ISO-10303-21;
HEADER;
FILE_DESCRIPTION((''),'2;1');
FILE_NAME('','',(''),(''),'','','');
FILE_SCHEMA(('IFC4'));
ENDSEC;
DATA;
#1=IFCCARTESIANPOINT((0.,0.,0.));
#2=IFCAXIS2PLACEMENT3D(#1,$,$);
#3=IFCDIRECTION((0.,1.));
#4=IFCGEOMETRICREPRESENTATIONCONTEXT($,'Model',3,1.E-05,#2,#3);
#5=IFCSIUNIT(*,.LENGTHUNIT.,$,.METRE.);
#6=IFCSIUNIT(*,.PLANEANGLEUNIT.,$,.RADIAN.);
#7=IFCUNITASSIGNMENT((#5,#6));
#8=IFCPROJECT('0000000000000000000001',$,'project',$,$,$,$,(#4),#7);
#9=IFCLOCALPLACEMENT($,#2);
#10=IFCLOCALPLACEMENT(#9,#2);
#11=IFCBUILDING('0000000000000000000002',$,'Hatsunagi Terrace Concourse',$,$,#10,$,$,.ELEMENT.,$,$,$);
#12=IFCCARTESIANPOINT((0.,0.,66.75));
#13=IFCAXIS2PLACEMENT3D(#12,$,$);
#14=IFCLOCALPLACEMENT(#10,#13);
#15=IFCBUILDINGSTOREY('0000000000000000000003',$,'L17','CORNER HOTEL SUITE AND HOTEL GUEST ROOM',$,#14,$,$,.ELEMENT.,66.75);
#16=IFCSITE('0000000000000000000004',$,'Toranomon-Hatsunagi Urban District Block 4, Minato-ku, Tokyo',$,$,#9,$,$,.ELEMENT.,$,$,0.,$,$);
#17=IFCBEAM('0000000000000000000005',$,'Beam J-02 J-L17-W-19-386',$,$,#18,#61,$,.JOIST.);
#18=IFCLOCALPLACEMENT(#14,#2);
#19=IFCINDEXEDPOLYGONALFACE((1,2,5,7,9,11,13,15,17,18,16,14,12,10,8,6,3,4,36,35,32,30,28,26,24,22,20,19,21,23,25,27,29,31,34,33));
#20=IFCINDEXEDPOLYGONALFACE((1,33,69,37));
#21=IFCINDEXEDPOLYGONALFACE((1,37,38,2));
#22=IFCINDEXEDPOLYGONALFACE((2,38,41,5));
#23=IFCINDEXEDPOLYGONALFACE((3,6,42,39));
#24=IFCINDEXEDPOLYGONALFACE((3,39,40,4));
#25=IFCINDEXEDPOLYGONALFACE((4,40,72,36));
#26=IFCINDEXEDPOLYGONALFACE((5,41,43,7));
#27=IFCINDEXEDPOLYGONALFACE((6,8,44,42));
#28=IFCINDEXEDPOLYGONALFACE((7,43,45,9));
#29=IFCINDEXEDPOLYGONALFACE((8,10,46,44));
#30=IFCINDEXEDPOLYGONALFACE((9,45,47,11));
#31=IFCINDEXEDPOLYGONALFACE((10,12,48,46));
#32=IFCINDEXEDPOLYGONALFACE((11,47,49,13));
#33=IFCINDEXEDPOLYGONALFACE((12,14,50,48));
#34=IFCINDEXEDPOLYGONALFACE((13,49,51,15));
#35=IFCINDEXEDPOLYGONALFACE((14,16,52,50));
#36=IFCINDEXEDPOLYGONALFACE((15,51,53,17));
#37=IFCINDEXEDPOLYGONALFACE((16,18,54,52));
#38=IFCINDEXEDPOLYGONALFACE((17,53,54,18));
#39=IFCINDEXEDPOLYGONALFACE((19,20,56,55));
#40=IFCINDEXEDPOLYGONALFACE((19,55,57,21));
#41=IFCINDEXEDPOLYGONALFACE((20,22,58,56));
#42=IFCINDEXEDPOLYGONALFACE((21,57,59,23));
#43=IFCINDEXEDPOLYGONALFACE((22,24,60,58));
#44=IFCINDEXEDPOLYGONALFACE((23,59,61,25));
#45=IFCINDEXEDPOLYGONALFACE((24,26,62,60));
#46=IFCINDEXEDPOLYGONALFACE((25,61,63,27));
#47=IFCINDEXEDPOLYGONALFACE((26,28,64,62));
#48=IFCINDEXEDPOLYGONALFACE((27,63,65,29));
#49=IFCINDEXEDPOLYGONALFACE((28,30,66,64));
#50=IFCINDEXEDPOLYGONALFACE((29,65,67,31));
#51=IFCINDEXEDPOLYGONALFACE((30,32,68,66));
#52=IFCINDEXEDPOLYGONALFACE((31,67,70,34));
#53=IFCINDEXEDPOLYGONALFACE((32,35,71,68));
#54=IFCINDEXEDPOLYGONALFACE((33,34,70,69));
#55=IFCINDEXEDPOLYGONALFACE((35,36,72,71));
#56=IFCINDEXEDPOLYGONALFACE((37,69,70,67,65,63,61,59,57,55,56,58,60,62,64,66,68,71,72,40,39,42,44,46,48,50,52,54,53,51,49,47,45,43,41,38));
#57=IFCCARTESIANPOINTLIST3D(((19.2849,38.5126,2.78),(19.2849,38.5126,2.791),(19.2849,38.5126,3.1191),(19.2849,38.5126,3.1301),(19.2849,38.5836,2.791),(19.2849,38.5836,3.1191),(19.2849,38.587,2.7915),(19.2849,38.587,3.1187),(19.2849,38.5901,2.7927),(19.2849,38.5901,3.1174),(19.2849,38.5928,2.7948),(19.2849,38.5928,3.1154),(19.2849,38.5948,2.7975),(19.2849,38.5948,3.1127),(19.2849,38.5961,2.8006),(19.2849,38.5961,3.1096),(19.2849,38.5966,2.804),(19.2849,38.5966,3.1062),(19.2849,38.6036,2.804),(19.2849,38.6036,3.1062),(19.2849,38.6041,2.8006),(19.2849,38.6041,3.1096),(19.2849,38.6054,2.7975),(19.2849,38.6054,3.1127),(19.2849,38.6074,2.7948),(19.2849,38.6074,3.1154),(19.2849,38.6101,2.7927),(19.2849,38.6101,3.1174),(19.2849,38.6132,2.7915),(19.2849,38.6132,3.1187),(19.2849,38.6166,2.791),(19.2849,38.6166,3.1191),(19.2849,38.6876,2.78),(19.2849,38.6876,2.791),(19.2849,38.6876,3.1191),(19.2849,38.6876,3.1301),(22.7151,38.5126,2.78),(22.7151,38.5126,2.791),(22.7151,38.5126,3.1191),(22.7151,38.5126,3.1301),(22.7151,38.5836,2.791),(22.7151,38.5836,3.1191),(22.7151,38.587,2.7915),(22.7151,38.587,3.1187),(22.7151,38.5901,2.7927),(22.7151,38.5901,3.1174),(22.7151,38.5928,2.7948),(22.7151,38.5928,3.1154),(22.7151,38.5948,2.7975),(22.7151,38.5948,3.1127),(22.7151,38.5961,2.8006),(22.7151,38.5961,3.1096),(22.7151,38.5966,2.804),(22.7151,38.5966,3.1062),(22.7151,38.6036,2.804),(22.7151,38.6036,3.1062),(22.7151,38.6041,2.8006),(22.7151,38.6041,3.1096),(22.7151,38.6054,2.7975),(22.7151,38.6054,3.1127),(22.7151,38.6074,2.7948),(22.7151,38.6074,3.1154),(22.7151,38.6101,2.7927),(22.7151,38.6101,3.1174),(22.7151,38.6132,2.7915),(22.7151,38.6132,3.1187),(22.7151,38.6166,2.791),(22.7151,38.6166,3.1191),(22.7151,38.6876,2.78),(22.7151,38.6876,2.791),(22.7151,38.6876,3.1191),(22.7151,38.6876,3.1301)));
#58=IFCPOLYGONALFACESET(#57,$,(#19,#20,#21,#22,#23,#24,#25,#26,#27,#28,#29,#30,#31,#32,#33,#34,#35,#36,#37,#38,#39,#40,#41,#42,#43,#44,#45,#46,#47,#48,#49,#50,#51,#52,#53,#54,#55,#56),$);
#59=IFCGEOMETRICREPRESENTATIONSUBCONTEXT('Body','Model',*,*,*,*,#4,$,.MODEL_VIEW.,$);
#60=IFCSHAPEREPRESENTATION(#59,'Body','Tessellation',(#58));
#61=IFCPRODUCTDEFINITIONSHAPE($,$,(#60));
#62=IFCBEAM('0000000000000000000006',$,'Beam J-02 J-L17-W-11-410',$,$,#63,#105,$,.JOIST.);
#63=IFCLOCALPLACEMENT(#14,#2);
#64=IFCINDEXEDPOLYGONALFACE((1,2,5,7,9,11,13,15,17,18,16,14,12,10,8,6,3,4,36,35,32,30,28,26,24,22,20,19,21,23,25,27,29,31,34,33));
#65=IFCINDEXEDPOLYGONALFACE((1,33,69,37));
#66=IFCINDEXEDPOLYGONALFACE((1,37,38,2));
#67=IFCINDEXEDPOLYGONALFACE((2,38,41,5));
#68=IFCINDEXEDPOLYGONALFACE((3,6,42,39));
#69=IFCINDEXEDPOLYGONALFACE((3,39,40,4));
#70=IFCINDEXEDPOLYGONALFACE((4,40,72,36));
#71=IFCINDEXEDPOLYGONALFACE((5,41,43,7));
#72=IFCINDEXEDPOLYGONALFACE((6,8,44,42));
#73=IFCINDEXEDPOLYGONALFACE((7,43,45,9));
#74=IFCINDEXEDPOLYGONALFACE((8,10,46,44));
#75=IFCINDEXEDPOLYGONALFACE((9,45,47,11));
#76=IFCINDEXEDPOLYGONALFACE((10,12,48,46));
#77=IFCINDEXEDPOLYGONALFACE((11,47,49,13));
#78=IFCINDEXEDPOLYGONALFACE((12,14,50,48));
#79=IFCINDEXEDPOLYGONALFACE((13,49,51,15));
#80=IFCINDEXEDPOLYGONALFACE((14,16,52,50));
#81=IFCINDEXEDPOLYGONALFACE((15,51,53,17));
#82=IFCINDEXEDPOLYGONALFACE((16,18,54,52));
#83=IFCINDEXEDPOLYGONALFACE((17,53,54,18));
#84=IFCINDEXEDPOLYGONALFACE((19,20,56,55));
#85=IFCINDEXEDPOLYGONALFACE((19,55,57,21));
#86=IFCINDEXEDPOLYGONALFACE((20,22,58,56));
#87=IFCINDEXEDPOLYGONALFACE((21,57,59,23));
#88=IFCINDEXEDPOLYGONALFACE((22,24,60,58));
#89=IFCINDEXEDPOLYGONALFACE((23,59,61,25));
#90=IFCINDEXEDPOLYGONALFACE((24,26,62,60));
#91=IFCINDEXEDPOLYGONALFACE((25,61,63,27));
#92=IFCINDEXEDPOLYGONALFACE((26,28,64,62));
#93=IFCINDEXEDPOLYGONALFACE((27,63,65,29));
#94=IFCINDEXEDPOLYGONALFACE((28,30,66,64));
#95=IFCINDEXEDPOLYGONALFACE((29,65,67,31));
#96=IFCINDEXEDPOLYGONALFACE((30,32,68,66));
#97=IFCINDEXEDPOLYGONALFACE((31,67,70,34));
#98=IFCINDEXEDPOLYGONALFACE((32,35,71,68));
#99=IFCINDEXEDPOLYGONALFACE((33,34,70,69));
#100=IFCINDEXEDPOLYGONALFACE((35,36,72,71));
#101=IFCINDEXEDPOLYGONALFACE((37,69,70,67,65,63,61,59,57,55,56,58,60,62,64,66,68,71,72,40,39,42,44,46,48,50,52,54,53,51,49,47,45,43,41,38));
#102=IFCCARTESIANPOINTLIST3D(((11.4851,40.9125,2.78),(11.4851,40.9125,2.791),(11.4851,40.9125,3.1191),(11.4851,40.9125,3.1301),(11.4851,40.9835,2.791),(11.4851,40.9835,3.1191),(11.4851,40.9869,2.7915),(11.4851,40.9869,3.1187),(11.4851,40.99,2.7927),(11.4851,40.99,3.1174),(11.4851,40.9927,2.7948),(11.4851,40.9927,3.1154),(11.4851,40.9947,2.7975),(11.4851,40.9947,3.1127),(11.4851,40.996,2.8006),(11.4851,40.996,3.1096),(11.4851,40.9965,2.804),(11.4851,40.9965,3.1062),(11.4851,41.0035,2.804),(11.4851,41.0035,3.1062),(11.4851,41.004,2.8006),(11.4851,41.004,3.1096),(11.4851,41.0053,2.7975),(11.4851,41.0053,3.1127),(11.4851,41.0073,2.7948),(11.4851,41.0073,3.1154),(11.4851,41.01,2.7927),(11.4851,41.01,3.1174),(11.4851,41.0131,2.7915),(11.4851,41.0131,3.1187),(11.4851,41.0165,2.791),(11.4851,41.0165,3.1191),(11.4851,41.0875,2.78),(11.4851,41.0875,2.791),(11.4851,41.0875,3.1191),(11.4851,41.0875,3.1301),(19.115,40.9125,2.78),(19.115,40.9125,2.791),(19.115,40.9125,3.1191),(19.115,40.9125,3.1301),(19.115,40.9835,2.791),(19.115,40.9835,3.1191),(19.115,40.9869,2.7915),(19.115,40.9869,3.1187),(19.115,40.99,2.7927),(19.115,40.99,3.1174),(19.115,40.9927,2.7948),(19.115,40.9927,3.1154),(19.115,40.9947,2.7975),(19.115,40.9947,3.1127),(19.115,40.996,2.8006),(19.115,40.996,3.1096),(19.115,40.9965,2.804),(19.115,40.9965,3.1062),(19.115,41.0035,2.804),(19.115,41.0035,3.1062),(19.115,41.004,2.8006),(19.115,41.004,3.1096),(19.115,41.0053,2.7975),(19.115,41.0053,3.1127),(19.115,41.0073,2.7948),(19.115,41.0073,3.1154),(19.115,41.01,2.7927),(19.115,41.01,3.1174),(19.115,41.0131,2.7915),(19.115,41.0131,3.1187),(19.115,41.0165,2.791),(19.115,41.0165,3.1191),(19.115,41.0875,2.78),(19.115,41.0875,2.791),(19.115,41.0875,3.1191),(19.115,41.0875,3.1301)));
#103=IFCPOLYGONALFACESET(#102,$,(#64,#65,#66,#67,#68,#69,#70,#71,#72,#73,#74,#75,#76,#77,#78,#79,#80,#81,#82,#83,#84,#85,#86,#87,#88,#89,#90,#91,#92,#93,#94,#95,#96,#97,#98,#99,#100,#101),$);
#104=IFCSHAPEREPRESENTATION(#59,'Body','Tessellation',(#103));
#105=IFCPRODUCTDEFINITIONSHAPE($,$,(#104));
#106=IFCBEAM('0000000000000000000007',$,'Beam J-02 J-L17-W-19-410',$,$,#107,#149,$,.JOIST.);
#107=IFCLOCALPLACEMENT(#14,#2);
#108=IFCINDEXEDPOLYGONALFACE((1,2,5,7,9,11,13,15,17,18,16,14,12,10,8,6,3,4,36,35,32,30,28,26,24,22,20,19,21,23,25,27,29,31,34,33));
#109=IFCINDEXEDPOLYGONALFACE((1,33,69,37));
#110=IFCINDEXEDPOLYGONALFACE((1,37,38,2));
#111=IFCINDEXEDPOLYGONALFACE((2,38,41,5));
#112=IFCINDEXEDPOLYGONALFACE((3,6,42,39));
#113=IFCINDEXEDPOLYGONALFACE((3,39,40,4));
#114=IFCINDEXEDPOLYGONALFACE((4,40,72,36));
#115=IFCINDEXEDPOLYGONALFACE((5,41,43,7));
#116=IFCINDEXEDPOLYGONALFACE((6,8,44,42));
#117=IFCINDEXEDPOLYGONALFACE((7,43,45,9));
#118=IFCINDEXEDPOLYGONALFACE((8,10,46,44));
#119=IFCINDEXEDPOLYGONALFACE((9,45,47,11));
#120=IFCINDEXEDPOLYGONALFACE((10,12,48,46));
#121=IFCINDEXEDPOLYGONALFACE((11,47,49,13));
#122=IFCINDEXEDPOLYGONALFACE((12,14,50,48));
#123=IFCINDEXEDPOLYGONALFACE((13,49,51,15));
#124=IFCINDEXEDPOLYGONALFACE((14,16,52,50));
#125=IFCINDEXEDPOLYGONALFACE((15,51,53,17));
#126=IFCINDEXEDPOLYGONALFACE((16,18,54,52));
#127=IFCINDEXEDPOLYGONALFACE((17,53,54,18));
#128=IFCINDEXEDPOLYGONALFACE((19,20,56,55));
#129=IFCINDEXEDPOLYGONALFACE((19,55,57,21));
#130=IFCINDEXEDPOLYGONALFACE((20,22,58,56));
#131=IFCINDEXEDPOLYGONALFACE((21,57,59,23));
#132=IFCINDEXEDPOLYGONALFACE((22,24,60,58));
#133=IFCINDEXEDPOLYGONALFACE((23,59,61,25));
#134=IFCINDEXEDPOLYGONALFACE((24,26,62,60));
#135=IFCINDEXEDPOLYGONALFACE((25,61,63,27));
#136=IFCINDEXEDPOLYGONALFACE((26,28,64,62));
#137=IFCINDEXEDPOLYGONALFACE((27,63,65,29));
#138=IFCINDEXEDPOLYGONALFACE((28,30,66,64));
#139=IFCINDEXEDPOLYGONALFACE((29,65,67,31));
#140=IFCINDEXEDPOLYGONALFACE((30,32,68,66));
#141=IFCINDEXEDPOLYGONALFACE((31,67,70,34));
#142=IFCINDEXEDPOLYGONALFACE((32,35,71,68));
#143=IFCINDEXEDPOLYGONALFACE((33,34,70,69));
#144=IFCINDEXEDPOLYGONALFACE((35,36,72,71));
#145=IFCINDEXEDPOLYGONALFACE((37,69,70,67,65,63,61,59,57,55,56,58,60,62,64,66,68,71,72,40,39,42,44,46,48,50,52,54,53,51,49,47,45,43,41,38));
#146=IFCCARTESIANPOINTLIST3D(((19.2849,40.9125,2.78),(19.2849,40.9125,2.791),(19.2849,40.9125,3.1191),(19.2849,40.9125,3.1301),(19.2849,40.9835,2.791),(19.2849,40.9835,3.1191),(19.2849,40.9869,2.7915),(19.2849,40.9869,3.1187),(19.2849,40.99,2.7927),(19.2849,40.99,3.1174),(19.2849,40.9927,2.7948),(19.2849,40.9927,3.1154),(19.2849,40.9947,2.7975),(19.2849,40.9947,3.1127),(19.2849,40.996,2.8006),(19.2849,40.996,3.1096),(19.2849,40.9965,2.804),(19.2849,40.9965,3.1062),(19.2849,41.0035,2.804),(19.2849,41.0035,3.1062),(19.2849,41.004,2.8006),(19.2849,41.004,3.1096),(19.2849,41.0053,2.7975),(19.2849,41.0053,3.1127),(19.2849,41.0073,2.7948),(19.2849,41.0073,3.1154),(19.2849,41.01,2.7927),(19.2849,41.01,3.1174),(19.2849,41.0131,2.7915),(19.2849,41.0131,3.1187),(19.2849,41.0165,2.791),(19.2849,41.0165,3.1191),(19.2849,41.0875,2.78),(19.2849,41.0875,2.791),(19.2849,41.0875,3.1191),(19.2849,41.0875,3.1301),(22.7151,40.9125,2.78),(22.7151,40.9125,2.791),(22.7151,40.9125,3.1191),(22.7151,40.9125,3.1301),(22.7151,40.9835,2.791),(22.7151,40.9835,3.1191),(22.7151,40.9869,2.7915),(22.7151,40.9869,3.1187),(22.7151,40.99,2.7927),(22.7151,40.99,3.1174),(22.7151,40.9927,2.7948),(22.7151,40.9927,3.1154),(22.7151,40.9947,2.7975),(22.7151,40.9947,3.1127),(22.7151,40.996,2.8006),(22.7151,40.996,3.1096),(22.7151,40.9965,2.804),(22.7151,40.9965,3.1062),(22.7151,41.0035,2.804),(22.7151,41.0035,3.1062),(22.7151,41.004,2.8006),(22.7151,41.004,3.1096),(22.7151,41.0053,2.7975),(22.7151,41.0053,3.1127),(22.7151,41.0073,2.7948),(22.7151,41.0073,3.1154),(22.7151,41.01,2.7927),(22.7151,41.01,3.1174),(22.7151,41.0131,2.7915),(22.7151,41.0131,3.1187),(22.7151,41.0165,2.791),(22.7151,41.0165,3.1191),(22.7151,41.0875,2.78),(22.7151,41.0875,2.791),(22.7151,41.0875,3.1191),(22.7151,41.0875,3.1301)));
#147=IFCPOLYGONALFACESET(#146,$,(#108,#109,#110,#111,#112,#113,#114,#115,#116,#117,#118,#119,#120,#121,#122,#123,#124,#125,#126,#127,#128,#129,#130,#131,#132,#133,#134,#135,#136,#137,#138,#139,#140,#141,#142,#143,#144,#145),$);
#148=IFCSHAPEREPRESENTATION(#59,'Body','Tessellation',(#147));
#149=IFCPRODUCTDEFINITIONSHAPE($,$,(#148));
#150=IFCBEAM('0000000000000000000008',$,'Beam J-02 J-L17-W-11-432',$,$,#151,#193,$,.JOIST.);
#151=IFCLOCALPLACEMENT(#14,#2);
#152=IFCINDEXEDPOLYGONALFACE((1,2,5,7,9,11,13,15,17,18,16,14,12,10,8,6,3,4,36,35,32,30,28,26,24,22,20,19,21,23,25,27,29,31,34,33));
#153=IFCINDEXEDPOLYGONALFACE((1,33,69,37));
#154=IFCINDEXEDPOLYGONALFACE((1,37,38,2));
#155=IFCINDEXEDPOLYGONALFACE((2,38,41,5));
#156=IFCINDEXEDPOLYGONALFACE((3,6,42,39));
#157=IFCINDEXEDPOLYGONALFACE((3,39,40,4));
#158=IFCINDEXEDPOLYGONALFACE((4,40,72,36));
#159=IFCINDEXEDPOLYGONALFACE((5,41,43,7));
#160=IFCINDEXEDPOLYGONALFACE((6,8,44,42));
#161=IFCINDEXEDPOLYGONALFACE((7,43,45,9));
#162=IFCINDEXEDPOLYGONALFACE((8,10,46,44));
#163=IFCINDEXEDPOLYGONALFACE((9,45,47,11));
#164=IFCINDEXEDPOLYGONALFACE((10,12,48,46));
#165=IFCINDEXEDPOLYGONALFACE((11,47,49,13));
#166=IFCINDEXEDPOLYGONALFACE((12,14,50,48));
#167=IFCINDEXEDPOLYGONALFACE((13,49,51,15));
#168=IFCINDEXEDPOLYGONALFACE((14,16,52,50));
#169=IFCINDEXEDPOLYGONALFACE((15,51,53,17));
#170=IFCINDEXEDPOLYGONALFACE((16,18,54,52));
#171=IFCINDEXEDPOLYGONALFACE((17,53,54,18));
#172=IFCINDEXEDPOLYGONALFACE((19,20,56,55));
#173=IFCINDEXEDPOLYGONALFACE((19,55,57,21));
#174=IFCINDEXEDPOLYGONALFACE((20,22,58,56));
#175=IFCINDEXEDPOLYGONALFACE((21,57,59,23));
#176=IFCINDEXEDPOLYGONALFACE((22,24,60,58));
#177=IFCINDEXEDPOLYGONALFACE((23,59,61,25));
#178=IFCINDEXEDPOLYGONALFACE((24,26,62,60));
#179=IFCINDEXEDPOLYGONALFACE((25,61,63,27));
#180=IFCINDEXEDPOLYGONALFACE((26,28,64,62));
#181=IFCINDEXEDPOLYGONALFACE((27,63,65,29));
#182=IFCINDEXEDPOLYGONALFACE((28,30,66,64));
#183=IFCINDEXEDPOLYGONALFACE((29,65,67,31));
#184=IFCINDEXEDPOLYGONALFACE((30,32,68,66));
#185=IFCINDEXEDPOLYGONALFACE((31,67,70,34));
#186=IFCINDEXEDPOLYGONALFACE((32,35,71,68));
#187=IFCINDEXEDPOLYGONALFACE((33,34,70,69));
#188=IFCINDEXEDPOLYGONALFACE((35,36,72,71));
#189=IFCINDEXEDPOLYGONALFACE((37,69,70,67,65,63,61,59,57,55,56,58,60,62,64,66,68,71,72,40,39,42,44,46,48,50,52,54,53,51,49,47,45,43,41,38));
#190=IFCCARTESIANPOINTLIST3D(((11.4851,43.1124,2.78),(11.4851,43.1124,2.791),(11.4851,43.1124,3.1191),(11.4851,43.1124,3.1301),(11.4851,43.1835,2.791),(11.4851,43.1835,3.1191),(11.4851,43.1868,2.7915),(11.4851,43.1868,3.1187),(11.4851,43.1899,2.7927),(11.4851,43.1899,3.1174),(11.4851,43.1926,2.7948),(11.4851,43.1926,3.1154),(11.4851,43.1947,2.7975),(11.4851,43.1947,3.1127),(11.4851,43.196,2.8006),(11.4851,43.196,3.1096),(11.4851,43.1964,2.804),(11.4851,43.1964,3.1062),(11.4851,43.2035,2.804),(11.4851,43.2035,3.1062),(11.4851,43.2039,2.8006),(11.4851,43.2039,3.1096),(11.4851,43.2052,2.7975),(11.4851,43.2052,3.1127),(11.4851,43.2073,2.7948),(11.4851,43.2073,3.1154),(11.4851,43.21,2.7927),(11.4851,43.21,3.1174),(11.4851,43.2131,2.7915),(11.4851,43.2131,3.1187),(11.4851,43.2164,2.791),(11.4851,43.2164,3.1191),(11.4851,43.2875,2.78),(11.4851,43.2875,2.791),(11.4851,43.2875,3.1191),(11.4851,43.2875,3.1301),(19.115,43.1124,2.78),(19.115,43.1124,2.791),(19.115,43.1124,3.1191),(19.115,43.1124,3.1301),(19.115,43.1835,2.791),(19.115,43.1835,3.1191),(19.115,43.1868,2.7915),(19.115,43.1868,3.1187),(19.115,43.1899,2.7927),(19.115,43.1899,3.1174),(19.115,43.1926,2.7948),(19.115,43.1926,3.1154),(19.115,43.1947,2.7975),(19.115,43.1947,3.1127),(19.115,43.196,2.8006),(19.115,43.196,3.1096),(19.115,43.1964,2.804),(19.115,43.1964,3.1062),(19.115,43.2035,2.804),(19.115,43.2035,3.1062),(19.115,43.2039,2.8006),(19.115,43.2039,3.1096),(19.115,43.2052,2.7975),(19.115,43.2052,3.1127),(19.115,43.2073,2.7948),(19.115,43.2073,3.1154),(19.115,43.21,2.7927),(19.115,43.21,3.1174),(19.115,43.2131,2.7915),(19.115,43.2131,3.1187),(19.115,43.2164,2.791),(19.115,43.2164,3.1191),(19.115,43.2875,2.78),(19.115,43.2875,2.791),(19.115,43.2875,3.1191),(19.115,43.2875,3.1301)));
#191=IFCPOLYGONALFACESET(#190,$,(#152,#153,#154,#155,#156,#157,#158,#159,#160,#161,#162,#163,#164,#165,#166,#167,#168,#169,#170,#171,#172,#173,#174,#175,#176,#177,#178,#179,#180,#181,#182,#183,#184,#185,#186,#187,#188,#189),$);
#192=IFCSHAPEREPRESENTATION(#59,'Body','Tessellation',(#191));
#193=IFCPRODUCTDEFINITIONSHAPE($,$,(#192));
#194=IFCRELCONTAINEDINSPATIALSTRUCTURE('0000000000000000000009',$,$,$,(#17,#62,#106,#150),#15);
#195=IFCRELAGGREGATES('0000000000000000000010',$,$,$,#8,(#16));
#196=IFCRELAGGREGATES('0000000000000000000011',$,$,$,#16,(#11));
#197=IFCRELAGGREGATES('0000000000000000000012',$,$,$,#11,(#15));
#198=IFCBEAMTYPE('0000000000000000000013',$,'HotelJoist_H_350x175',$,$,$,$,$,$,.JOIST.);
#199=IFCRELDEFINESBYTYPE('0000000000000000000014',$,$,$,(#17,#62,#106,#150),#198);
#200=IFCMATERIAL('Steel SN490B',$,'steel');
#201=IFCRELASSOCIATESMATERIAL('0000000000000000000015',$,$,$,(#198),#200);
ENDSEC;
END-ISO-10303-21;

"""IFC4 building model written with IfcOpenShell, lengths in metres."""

from ifc_helpers import new_model, si_unit, direction, frame, origin, origin_2d, place, context, subcontext, project, spatial, i_section, extrude, material, material_profile, profile_set, type_object, element, save


model = new_model("IFC4")

# Units and contexts
model_context = context("Model", 3, precision=1e-05, world=origin(), true_north=direction((0.0, 1.0)))
body_context = subcontext(model_context, "Body", "Model", "MODEL_VIEW")
ifc_project = project(units=[si_unit("LENGTHUNIT", "METRE"), si_unit("PLANEANGLEUNIT", "RADIAN")], contexts=[model_context])

# Site, building, storey
site_placement = place(None, origin())
site = spatial("IfcSite", under=ifc_project, at=site_placement, Name="Toranomon-Hatsunagi Urban District Block 4, Minato-ku, Tokyo", CompositionType="ELEMENT", RefElevation=0.0)
building_placement = place(site_placement, origin())
building = spatial("IfcBuilding", under=site, at=building_placement, Name="Hatsunagi Terrace Concourse", CompositionType="ELEMENT")
storey_placement = place(building_placement, frame((0.0, 0.0, 66.75)))
storey = spatial("IfcBuildingStorey", under=building, at=storey_placement, Name="L17", Description="CORNER HOTEL SUITE AND HOTEL GUEST ROOM", CompositionType="ELEMENT", Elevation=66.75)

# Beams
ifc_material_1 = material(Name="Steel SN490B", Category="steel")
ifc_material_profile_1 = material_profile(ifc_material_1, i_section(OverallWidth=0.175, OverallDepth=0.3501, WebThickness=0.0071, FlangeThickness=0.011, FilletRadius=0.0129, at=origin_2d()), Name="H-350x175x7x11")
ifc_profile_set_1 = profile_set([ifc_material_profile_1], Name="Steel SN490B")
beam_type_1 = type_object("IfcBeamType", Name="HotelJoist_H_350x175", PredefinedType="JOIST", material=ifc_profile_set_1)
beam_1_placement = place(storey_placement, frame((19.2849, 38.6001, 2.9551), z_axis=(1.0, 0.0, 0.0), x_axis=(0.0, 1.0, 0.0)))
element("IfcBeam", 1, at=beam_1_placement, inside=storey, type_object=beam_type_1, Name="Beam J-02 J-L17-W-19-386", PredefinedType="JOIST", context=body_context, shape_type="SweptSolid", body=[
    extrude(i_section(OverallWidth=0.175, OverallDepth=0.3501, WebThickness=0.0071, FlangeThickness=0.011, FilletRadius=0.0129, at=origin_2d()), origin(), (0.0, 0.0, 1.0), 3.4302),
])
beam_2_placement = place(storey_placement, frame((11.4851, 41.0, 2.9551), z_axis=(1.0, 0.0, 0.0), x_axis=(0.0, 1.0, 0.0)))
element("IfcBeam", 2, at=beam_2_placement, inside=storey, type_object=beam_type_1, Name="Beam J-02 J-L17-W-11-410", PredefinedType="JOIST", context=body_context, shape_type="SweptSolid", body=[
    extrude(i_section(OverallWidth=0.175, OverallDepth=0.3501, WebThickness=0.0071, FlangeThickness=0.011, FilletRadius=0.0129, at=origin_2d()), origin(), (0.0, 0.0, 1.0), 7.6299),
])
beam_3_placement = place(storey_placement, frame((19.2849, 41.0, 2.9551), z_axis=(1.0, 0.0, 0.0), x_axis=(0.0, 1.0, 0.0)))
element("IfcBeam", 3, at=beam_3_placement, inside=storey, type_object=beam_type_1, Name="Beam J-02 J-L17-W-19-410", PredefinedType="JOIST", context=body_context, shape_type="SweptSolid", body=[
    extrude(i_section(OverallWidth=0.175, OverallDepth=0.3501, WebThickness=0.0071, FlangeThickness=0.011, FilletRadius=0.0129, at=origin_2d()), origin(), (0.0, 0.0, 1.0), 3.4302),
])
for number, where, z_axis, x_axis, name in (
    (4, (11.4851, 43.2, 2.9551), (1.0, 0.0, 0.0), (0.0, 1.0, 0.0), "Beam J-02 J-L17-W-11-432"),
):
    element("IfcBeam", number, at=place(storey_placement, frame(where, z_axis=z_axis, x_axis=x_axis)), inside=storey, type_object=beam_type_1, Name=name, PredefinedType="JOIST", context=body_context, shape_type="SweptSolid", body=[
        extrude(i_section(OverallWidth=0.175, OverallDepth=0.3501, WebThickness=0.0071, FlangeThickness=0.011, FilletRadius=0.0129, at=origin_2d()), origin(), (0.0, 0.0, 1.0), 7.6299),
    ])

save(model, "model.ifc")
